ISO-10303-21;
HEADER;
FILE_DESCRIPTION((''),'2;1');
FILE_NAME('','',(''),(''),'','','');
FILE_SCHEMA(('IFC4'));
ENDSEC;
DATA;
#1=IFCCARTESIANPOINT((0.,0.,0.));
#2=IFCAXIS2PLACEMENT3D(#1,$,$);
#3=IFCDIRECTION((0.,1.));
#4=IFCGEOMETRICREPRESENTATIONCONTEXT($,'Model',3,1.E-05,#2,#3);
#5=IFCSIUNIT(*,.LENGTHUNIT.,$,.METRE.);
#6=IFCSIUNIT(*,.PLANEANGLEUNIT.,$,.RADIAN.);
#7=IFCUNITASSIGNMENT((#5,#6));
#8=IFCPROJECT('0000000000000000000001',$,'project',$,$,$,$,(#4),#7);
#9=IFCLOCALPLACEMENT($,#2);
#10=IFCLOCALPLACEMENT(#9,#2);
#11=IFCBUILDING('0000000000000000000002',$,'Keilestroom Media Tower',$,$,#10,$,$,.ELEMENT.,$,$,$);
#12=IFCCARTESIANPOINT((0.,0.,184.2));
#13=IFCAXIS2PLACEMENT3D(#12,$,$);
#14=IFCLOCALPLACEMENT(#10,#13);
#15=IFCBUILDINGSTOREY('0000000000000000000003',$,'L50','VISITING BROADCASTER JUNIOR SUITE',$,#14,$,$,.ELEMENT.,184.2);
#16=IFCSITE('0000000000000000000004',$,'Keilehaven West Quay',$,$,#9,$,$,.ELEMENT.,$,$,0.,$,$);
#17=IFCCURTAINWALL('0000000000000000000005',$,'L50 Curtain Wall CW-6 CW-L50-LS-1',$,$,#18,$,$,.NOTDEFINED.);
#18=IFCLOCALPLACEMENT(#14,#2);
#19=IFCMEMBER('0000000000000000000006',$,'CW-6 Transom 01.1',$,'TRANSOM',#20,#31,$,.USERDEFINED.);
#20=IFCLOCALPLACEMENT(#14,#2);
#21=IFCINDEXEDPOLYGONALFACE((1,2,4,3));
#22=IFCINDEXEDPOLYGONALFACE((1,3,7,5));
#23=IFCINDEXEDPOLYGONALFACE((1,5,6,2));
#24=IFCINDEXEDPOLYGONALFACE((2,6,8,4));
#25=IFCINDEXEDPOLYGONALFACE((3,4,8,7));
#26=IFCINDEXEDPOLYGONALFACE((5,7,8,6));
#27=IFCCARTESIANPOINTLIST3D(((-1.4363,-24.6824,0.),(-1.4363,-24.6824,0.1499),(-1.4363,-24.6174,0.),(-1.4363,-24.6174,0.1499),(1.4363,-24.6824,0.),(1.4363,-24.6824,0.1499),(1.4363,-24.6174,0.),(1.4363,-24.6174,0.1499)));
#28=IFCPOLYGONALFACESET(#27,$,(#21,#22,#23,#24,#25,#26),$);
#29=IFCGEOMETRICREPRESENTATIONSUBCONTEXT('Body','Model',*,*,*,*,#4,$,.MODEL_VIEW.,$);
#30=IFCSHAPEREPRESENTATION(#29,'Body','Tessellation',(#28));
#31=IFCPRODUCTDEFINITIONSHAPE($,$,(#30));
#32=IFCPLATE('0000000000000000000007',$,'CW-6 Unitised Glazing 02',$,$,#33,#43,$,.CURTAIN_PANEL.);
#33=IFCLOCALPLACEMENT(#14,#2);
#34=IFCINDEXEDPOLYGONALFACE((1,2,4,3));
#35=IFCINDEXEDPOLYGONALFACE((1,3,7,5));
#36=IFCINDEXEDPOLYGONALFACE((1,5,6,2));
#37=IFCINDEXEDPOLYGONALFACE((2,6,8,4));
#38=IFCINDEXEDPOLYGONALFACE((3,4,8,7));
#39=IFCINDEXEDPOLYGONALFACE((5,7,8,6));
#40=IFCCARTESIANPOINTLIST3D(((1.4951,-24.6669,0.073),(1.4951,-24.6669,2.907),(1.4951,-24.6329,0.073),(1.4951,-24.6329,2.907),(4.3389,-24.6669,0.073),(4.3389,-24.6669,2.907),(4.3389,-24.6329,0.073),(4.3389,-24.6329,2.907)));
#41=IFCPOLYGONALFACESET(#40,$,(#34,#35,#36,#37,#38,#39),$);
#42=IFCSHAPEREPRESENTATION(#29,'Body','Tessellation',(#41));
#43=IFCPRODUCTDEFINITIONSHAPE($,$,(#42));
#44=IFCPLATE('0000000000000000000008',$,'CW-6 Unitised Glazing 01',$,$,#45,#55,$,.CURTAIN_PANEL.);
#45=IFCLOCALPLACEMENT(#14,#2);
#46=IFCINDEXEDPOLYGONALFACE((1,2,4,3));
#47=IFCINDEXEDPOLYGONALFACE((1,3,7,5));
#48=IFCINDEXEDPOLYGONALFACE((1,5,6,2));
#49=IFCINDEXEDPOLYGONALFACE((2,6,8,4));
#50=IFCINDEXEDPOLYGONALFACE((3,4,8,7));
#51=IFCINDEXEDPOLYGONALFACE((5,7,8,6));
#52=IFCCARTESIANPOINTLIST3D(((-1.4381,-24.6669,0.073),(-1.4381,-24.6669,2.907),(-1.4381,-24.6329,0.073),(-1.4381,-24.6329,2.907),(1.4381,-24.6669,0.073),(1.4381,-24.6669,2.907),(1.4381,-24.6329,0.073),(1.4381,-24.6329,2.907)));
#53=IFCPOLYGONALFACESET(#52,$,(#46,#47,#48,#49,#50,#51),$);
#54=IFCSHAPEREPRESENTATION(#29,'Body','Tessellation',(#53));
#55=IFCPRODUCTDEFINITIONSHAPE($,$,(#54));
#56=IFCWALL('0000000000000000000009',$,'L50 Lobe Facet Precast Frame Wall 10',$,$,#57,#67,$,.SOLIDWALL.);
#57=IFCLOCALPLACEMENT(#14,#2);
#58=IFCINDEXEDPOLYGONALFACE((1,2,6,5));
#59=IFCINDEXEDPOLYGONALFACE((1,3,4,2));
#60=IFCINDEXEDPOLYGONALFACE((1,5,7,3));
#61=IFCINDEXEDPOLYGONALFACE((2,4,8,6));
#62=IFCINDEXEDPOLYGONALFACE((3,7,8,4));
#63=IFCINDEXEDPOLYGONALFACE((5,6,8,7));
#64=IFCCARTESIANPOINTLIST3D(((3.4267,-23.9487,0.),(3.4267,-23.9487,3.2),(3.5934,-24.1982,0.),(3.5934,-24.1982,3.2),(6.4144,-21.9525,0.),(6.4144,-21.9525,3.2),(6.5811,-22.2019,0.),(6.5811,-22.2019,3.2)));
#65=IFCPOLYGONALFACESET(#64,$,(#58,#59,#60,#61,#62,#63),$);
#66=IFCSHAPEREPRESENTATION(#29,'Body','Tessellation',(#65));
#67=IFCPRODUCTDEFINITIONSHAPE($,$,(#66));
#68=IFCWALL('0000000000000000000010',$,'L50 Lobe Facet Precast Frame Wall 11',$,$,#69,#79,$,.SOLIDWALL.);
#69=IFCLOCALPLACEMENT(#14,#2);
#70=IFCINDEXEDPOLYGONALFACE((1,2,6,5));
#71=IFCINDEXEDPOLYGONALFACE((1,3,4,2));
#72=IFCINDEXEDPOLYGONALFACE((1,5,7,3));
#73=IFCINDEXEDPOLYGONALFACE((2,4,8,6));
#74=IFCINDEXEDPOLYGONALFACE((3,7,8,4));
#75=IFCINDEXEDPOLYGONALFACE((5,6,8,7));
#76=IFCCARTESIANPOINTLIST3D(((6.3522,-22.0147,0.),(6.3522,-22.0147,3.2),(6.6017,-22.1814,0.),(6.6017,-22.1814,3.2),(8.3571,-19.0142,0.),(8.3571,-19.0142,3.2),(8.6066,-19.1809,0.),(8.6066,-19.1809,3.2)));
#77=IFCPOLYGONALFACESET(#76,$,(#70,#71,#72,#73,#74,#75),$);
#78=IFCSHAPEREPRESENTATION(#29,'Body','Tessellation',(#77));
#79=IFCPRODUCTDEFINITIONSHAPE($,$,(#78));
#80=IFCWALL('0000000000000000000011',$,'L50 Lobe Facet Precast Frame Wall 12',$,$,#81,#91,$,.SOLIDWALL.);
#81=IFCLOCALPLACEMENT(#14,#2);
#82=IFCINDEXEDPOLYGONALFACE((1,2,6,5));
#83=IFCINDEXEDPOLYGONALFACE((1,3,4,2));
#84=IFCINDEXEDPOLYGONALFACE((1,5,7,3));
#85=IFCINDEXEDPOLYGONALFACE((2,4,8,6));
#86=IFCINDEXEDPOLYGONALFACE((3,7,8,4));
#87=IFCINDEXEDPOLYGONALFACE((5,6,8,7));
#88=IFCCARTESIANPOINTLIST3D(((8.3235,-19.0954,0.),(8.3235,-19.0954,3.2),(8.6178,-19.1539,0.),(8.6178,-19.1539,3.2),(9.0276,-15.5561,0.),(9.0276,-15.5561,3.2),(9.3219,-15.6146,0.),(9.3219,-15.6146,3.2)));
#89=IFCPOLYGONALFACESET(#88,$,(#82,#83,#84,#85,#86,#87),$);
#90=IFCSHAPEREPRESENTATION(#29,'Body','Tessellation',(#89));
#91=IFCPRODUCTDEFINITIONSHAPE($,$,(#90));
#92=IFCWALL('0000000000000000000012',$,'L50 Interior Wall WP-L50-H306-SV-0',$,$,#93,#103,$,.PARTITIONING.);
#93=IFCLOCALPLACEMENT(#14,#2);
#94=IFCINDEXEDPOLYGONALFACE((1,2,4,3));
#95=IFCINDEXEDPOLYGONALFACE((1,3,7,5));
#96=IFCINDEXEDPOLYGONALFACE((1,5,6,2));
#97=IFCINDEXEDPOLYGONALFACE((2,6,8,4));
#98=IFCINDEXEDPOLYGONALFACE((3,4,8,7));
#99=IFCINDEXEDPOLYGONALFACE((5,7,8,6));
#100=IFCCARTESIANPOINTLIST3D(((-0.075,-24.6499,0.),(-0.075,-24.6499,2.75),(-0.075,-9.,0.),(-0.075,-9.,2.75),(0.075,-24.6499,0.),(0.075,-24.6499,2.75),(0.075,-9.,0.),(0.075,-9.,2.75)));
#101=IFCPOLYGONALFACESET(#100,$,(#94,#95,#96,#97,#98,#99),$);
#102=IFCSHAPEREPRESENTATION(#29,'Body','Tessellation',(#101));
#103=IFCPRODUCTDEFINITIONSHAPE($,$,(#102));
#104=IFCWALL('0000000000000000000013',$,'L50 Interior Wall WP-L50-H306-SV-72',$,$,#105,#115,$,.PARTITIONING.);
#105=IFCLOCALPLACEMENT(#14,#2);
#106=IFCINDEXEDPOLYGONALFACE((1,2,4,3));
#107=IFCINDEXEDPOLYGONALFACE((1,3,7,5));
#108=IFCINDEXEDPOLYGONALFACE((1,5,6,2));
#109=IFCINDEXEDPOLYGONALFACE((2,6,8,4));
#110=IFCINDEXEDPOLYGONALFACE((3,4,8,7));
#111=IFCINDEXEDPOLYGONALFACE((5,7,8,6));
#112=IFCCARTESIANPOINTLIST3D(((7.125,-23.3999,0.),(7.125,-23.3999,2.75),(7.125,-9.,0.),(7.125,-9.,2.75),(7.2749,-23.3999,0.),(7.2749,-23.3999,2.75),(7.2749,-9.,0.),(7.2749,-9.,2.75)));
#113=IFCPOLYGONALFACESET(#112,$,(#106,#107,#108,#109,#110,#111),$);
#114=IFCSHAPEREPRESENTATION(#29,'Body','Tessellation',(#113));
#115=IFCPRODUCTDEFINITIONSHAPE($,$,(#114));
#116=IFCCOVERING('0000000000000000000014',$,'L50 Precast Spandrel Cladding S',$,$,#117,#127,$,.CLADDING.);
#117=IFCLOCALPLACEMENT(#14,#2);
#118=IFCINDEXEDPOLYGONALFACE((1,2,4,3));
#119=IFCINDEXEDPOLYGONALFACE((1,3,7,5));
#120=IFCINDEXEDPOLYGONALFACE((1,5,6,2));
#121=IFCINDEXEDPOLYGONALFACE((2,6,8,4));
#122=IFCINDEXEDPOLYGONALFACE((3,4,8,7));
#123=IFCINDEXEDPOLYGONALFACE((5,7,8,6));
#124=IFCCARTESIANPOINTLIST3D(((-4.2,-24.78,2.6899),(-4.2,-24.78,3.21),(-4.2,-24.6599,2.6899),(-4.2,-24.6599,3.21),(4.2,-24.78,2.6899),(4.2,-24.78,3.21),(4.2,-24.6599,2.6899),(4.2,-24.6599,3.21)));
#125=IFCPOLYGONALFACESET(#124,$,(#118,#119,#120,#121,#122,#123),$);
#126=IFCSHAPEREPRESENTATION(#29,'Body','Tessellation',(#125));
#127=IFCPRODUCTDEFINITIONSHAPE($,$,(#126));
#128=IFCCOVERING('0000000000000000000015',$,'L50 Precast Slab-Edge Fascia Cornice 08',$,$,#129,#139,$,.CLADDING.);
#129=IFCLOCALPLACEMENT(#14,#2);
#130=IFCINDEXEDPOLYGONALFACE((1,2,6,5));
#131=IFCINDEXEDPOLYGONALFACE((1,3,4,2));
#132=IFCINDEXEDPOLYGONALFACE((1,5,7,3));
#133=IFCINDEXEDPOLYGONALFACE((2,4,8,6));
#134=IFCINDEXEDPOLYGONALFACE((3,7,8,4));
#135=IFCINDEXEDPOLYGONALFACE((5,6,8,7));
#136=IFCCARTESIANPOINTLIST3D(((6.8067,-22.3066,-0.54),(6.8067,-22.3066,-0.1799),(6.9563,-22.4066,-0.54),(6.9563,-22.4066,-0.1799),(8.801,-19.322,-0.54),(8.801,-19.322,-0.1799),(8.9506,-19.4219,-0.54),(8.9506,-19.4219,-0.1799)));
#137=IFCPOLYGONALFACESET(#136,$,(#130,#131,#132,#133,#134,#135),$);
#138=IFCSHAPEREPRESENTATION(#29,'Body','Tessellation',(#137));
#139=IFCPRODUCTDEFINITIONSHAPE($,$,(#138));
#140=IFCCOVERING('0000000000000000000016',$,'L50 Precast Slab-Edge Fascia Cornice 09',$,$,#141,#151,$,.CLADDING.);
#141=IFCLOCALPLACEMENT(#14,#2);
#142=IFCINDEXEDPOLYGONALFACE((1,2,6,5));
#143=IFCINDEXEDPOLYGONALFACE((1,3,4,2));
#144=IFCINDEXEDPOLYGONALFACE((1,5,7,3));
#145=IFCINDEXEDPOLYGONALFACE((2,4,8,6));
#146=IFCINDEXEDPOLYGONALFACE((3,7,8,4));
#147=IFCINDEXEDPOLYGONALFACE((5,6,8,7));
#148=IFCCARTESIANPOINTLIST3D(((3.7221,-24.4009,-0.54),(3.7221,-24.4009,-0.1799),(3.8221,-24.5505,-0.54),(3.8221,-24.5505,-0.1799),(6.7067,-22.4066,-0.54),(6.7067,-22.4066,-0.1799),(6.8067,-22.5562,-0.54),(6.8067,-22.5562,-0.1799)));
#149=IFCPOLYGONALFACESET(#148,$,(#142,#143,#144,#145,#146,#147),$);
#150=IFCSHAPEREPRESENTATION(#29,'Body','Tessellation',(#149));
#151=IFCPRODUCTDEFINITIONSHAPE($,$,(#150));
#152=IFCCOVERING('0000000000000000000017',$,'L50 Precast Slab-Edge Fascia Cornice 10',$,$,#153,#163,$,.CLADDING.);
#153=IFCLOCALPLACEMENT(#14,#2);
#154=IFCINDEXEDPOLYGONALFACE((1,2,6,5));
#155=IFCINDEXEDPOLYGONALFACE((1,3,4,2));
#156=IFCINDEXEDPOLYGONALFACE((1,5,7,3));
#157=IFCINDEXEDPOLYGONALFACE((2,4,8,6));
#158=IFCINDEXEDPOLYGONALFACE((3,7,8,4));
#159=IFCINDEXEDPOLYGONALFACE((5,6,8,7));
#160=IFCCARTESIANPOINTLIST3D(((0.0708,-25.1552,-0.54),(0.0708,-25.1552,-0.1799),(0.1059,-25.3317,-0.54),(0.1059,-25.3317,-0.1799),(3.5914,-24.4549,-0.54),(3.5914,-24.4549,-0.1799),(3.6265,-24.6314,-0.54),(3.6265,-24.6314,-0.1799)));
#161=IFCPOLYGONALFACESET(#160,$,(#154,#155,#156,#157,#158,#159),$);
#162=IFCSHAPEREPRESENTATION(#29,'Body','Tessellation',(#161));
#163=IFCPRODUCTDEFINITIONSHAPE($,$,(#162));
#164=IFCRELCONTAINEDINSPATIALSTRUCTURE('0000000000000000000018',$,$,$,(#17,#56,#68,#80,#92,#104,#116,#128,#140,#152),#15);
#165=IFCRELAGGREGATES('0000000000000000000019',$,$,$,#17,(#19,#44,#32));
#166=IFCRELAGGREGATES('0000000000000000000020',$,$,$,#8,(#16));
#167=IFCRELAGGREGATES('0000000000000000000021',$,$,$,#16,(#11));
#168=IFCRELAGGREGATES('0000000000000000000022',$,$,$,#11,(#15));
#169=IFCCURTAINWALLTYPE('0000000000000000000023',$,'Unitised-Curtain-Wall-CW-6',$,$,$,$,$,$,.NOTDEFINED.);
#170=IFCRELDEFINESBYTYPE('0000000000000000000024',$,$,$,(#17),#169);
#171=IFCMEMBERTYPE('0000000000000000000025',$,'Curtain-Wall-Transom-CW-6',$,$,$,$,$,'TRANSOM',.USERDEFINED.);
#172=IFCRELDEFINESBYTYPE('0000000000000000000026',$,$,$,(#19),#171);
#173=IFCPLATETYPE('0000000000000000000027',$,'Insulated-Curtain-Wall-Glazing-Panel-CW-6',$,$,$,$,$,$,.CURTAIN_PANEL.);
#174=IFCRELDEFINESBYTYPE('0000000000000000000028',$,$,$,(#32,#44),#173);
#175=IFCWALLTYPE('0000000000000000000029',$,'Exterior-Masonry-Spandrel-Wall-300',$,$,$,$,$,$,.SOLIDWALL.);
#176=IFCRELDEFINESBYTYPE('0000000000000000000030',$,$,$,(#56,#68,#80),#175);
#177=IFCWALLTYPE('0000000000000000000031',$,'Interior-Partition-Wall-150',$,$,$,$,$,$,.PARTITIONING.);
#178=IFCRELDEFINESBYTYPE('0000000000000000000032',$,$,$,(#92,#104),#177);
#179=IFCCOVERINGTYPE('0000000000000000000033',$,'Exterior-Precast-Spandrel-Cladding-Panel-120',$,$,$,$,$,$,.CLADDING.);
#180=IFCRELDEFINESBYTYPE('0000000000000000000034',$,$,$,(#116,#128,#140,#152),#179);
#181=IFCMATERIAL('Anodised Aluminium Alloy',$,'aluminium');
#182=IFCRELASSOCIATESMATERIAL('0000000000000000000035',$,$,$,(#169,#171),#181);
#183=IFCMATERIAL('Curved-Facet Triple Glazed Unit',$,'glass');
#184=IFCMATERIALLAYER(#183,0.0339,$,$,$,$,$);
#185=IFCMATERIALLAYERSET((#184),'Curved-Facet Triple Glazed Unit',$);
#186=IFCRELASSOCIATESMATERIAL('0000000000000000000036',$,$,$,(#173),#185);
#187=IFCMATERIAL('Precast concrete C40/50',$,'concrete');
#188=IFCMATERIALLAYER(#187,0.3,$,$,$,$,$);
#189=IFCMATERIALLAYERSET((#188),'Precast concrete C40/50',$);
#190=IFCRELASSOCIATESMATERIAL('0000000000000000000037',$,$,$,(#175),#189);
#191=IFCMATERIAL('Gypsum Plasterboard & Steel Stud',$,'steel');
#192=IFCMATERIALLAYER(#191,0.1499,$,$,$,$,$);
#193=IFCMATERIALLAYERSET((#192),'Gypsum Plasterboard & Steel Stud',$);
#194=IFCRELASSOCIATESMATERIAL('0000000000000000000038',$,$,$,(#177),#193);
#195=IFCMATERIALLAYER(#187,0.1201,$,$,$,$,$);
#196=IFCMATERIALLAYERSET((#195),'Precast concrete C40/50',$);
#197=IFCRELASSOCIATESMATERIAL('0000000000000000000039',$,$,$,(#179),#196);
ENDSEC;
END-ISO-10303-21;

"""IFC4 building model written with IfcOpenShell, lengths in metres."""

from ifc_helpers import new_model, si_unit, direction, frame, frame_2d, origin, origin_2d, place, context, subcontext, project, spatial, rectangle, extrude, source, transform, mapped, material, layer, layer_set, material_profile, profile_set, type_object, element, aggregate, save


model = new_model("IFC4")

# Units and contexts
model_context = context("Model", 3, precision=1e-05, world=origin(), true_north=direction((0.0, 1.0)))
body_context = subcontext(model_context, "Body", "Model", "MODEL_VIEW")
ifc_project = project(units=[si_unit("LENGTHUNIT", "METRE"), si_unit("PLANEANGLEUNIT", "RADIAN")], contexts=[model_context])

# Site, building, storey
site_placement = place(None, origin())
site = spatial("IfcSite", under=ifc_project, at=site_placement, Name="Keilehaven West Quay", CompositionType="ELEMENT", RefElevation=0.0)
building_placement = place(site_placement, origin())
building = spatial("IfcBuilding", under=site, at=building_placement, Name="Keilestroom Media Tower", CompositionType="ELEMENT")
storey_placement = place(building_placement, frame((0.0, 0.0, 184.2)))
storey = spatial("IfcBuildingStorey", under=building, at=storey_placement, Name="L50", Description="VISITING BROADCASTER JUNIOR SUITE", CompositionType="ELEMENT", Elevation=184.2)

# Curtain wall, member, plates
ifc_material_1 = material(Name="Anodised Aluminium Alloy", Category="aluminium")
curtain_wall_type = type_object("IfcCurtainWallType", Name="Unitised-Curtain-Wall-CW-6", PredefinedType="NOTDEFINED", material=ifc_material_1)
curtain_wall_placement = place(storey_placement, origin())
curtain_wall = element("IfcCurtainWall", 1, at=curtain_wall_placement, inside=storey, type_object=curtain_wall_type, Name="L50 Curtain Wall CW-6 CW-L50-LS-1", PredefinedType="NOTDEFINED")
ifc_material_profile_1 = material_profile(ifc_material_1, rectangle(XDim=0.0649, YDim=0.1499, at=origin_2d()), Name="ALU TRANSOM 65x150")
ifc_profile_set_1 = profile_set([ifc_material_profile_1], Name="Anodised Aluminium Alloy")
member_type_1 = type_object("IfcMemberType", Name="Curtain-Wall-Transom-CW-6", ElementType="TRANSOM", PredefinedType="USERDEFINED", material=ifc_profile_set_1)
shared_shape_1 = source(origin(), body_context, "Body", "SweptSolid", [
    extrude(rectangle(XDim=0.0649, YDim=0.1499, at=origin_2d()), origin(), (0.0, 0.0, 1.0), 2.8726),
])
member_1_placement = place(storey_placement, frame((-1.4363, -24.6499, 0.075), z_axis=(1.0, 0.0, 0.0), x_axis=(0.0, 1.0, 0.0)))
member_1 = element("IfcMember", 2, at=member_1_placement, type_object=member_type_1, Name="CW-6 Transom 01.1", ObjectType="TRANSOM", PredefinedType="USERDEFINED", context=body_context, shape_type="MappedRepresentation", body=[
    mapped(shared_shape_1, transform((0.0, 0.0, 0.0), x_axis=(1.0, 0.0, 0.0), y_axis=(0.0, 1.0, 0.0), z_axis=(0.0, 0.0, 1.0), scale=1.0)),
])
ifc_material_2 = material(Name="Curved-Facet Triple Glazed Unit", Category="glass")
ifc_layer_1 = layer(ifc_material_2, 0.0339)
ifc_layer_set_1 = layer_set([ifc_layer_1], Name="Curved-Facet Triple Glazed Unit")
plate_type = type_object("IfcPlateType", Name="Insulated-Curtain-Wall-Glazing-Panel-CW-6", PredefinedType="CURTAIN_PANEL", material=ifc_layer_set_1)
shared_shape_2 = source(origin(), body_context, "Body", "SweptSolid", [
    extrude(rectangle(XDim=2.8438, YDim=0.0339, at=origin_2d()), origin(), (0.0, 0.0, 1.0), 2.834),
])
plate_1_placement = place(storey_placement, frame((2.917, -24.6499, 0.073), z_axis=(0.0, 0.0, 1.0), x_axis=(1.0, 0.0, 0.0)))
plate_1 = element("IfcPlate", 3, at=plate_1_placement, type_object=plate_type, Name="CW-6 Unitised Glazing 02", PredefinedType="CURTAIN_PANEL", context=body_context, shape_type="MappedRepresentation", body=[
    mapped(shared_shape_2, transform((0.0, 0.0, 0.0), x_axis=(1.0, 0.0, 0.0), y_axis=(0.0, 1.0, 0.0), z_axis=(0.0, 0.0, 1.0), scale=1.0)),
])
shared_shape_3 = source(origin(), body_context, "Body", "SweptSolid", [
    extrude(rectangle(XDim=2.8762, YDim=0.0339, at=origin_2d()), origin(), (0.0, 0.0, 1.0), 2.834),
])
plate_2_placement = place(storey_placement, frame((0.0, -24.6499, 0.073), z_axis=(0.0, 0.0, 1.0), x_axis=(1.0, 0.0, 0.0)))
plate_2 = element("IfcPlate", 4, at=plate_2_placement, type_object=plate_type, Name="CW-6 Unitised Glazing 01", PredefinedType="CURTAIN_PANEL", context=body_context, shape_type="MappedRepresentation", body=[
    mapped(shared_shape_3, transform((0.0, 0.0, 0.0), x_axis=(1.0, 0.0, 0.0), y_axis=(0.0, 1.0, 0.0), z_axis=(0.0, 0.0, 1.0), scale=1.0)),
])
aggregate(curtain_wall, [member_1, plate_2, plate_1])

# Walls
ifc_material_3 = material(Name="Precast concrete C40/50", Category="concrete")
ifc_layer_2 = layer(ifc_material_3, 0.3)
ifc_layer_set_2 = layer_set([ifc_layer_2], Name="Precast concrete C40/50")
wall_type_1 = type_object("IfcWallType", Name="Exterior-Masonry-Spandrel-Wall-300", PredefinedType="SOLIDWALL", material=ifc_layer_set_2)
wall_1_placement = place(storey_placement, frame((3.51, -24.0735, 0.0), z_axis=(0.0, 0.0, 1.0), x_axis=(0.831475, 0.555562, 0.0)))
element("IfcWall", 5, at=wall_1_placement, inside=storey, type_object=wall_type_1, Name="L50 Lobe Facet Precast Frame Wall 10", PredefinedType="SOLIDWALL", context=body_context, shape_type="SweptSolid", body=[
    extrude(rectangle(XDim=3.5933, YDim=0.3, at=frame_2d((1.7966, 0.0))), origin(), (0.0, 0.0, 1.0), 3.2),
])
for number, where, z_axis, x_axis, name in (
    (6, (6.4771, -22.0979, 0.0), (0.0, 0.0, 1.0), (0.555574, 0.831467, 0.0), "L50 Lobe Facet Precast Frame Wall 11"),
    (7, (8.4707, -19.1245, 0.0), (0.0, 0.0, 1.0), (0.195114, 0.980781, 0.0), "L50 Lobe Facet Precast Frame Wall 12"),
):
    element("IfcWall", number, at=place(storey_placement, frame(where, z_axis=z_axis, x_axis=x_axis)), inside=storey, type_object=wall_type_1, Name=name, PredefinedType="SOLIDWALL", context=body_context, shape_type="SweptSolid", body=[
        extrude(rectangle(XDim=3.6086, YDim=0.3, at=frame_2d((1.8042, 0.0))), origin(), (0.0, 0.0, 1.0), 3.2),
    ])
ifc_material_4 = material(Name="Gypsum Plasterboard & Steel Stud", Category="steel")
ifc_layer_3 = layer(ifc_material_4, 0.1499)
ifc_layer_set_3 = layer_set([ifc_layer_3], Name="Gypsum Plasterboard & Steel Stud")
wall_type_2 = type_object("IfcWallType", Name="Interior-Partition-Wall-150", PredefinedType="PARTITIONING", material=ifc_layer_set_3)
wall_2_placement = place(storey_placement, frame((0.0, -24.6499, 0.0), z_axis=(0.0, 0.0, 1.0), x_axis=(0.0, 1.0, 0.0)))
element("IfcWall", 8, at=wall_2_placement, inside=storey, type_object=wall_type_2, Name="L50 Interior Wall WP-L50-H306-SV-0", PredefinedType="PARTITIONING", context=body_context, shape_type="SweptSolid", body=[
    extrude(rectangle(XDim=15.6499, YDim=0.1499, at=frame_2d((7.825, 0.0))), origin(), (0.0, 0.0, 1.0), 2.75),
])
wall_3_placement = place(storey_placement, frame((7.2, -23.3999, 0.0), z_axis=(0.0, 0.0, 1.0), x_axis=(0.0, 1.0, 0.0)))
element("IfcWall", 9, at=wall_3_placement, inside=storey, type_object=wall_type_2, Name="L50 Interior Wall WP-L50-H306-SV-72", PredefinedType="PARTITIONING", context=body_context, shape_type="SweptSolid", body=[
    extrude(rectangle(XDim=14.3999, YDim=0.1499, at=frame_2d((7.2, 0.0))), origin(), (0.0, 0.0, 1.0), 2.75),
])

# Coverings
ifc_layer_4 = layer(ifc_material_3, 0.1201)
ifc_layer_set_4 = layer_set([ifc_layer_4], Name="Precast concrete C40/50")
covering_type = type_object("IfcCoveringType", Name="Exterior-Precast-Spandrel-Cladding-Panel-120", PredefinedType="CLADDING", material=ifc_layer_set_4)
shared_shape_4 = source(origin(), body_context, "Body", "SweptSolid", [
    extrude(rectangle(XDim=8.3999, YDim=0.1201, at=origin_2d()), origin(), (0.0, 0.0, 1.0), 0.52),
])
covering_placement = place(storey_placement, frame((0.0, -24.72, 2.6899), z_axis=(0.0, 0.0, 1.0), x_axis=(1.0, 0.0, 0.0)))
element("IfcCovering", 10, at=covering_placement, inside=storey, type_object=covering_type, Name="L50 Precast Spandrel Cladding S", PredefinedType="CLADDING", context=body_context, shape_type="MappedRepresentation", body=[
    mapped(shared_shape_4, transform((0.0, 0.0, 0.0), x_axis=(1.0, 0.0, 0.0), y_axis=(0.0, 1.0, 0.0), z_axis=(0.0, 0.0, 1.0), scale=1.0)),
])
shared_shape_5 = source(origin(), body_context, "Body", "SweptSolid", [
    extrude(rectangle(XDim=3.5896, YDim=0.1799, at=origin_2d()), origin(), (0.0, 0.0, 1.0), 0.3601),
])
for number, where, z_axis, x_axis, name in (
    (11, (7.8787, -20.8643, -0.54), (0.0, 0.0, 1.0), (-0.555575, -0.831467, 0.0), "L50 Precast Slab-Edge Fascia Cornice 08"),
    (12, (5.2644, -23.4785, -0.54), (0.0, 0.0, 1.0), (-0.831467, -0.555575, 0.0), "L50 Precast Slab-Edge Fascia Cornice 09"),
    (13, (1.8486, -24.8933, -0.54), (0.0, 0.0, 1.0), (-0.980784, -0.195099, 0.0), "L50 Precast Slab-Edge Fascia Cornice 10"),
):
    element("IfcCovering", number, at=place(storey_placement, frame(where, z_axis=z_axis, x_axis=x_axis)), inside=storey, type_object=covering_type, Name=name, PredefinedType="CLADDING", context=body_context, shape_type="MappedRepresentation", body=[
        mapped(shared_shape_5, transform((0.0, 0.0, 0.0), x_axis=(1.0, 0.0, 0.0), y_axis=(0.0, 1.0, 0.0), z_axis=(0.0, 0.0, 1.0), scale=1.0)),
    ])

save(model, "model.ifc")
